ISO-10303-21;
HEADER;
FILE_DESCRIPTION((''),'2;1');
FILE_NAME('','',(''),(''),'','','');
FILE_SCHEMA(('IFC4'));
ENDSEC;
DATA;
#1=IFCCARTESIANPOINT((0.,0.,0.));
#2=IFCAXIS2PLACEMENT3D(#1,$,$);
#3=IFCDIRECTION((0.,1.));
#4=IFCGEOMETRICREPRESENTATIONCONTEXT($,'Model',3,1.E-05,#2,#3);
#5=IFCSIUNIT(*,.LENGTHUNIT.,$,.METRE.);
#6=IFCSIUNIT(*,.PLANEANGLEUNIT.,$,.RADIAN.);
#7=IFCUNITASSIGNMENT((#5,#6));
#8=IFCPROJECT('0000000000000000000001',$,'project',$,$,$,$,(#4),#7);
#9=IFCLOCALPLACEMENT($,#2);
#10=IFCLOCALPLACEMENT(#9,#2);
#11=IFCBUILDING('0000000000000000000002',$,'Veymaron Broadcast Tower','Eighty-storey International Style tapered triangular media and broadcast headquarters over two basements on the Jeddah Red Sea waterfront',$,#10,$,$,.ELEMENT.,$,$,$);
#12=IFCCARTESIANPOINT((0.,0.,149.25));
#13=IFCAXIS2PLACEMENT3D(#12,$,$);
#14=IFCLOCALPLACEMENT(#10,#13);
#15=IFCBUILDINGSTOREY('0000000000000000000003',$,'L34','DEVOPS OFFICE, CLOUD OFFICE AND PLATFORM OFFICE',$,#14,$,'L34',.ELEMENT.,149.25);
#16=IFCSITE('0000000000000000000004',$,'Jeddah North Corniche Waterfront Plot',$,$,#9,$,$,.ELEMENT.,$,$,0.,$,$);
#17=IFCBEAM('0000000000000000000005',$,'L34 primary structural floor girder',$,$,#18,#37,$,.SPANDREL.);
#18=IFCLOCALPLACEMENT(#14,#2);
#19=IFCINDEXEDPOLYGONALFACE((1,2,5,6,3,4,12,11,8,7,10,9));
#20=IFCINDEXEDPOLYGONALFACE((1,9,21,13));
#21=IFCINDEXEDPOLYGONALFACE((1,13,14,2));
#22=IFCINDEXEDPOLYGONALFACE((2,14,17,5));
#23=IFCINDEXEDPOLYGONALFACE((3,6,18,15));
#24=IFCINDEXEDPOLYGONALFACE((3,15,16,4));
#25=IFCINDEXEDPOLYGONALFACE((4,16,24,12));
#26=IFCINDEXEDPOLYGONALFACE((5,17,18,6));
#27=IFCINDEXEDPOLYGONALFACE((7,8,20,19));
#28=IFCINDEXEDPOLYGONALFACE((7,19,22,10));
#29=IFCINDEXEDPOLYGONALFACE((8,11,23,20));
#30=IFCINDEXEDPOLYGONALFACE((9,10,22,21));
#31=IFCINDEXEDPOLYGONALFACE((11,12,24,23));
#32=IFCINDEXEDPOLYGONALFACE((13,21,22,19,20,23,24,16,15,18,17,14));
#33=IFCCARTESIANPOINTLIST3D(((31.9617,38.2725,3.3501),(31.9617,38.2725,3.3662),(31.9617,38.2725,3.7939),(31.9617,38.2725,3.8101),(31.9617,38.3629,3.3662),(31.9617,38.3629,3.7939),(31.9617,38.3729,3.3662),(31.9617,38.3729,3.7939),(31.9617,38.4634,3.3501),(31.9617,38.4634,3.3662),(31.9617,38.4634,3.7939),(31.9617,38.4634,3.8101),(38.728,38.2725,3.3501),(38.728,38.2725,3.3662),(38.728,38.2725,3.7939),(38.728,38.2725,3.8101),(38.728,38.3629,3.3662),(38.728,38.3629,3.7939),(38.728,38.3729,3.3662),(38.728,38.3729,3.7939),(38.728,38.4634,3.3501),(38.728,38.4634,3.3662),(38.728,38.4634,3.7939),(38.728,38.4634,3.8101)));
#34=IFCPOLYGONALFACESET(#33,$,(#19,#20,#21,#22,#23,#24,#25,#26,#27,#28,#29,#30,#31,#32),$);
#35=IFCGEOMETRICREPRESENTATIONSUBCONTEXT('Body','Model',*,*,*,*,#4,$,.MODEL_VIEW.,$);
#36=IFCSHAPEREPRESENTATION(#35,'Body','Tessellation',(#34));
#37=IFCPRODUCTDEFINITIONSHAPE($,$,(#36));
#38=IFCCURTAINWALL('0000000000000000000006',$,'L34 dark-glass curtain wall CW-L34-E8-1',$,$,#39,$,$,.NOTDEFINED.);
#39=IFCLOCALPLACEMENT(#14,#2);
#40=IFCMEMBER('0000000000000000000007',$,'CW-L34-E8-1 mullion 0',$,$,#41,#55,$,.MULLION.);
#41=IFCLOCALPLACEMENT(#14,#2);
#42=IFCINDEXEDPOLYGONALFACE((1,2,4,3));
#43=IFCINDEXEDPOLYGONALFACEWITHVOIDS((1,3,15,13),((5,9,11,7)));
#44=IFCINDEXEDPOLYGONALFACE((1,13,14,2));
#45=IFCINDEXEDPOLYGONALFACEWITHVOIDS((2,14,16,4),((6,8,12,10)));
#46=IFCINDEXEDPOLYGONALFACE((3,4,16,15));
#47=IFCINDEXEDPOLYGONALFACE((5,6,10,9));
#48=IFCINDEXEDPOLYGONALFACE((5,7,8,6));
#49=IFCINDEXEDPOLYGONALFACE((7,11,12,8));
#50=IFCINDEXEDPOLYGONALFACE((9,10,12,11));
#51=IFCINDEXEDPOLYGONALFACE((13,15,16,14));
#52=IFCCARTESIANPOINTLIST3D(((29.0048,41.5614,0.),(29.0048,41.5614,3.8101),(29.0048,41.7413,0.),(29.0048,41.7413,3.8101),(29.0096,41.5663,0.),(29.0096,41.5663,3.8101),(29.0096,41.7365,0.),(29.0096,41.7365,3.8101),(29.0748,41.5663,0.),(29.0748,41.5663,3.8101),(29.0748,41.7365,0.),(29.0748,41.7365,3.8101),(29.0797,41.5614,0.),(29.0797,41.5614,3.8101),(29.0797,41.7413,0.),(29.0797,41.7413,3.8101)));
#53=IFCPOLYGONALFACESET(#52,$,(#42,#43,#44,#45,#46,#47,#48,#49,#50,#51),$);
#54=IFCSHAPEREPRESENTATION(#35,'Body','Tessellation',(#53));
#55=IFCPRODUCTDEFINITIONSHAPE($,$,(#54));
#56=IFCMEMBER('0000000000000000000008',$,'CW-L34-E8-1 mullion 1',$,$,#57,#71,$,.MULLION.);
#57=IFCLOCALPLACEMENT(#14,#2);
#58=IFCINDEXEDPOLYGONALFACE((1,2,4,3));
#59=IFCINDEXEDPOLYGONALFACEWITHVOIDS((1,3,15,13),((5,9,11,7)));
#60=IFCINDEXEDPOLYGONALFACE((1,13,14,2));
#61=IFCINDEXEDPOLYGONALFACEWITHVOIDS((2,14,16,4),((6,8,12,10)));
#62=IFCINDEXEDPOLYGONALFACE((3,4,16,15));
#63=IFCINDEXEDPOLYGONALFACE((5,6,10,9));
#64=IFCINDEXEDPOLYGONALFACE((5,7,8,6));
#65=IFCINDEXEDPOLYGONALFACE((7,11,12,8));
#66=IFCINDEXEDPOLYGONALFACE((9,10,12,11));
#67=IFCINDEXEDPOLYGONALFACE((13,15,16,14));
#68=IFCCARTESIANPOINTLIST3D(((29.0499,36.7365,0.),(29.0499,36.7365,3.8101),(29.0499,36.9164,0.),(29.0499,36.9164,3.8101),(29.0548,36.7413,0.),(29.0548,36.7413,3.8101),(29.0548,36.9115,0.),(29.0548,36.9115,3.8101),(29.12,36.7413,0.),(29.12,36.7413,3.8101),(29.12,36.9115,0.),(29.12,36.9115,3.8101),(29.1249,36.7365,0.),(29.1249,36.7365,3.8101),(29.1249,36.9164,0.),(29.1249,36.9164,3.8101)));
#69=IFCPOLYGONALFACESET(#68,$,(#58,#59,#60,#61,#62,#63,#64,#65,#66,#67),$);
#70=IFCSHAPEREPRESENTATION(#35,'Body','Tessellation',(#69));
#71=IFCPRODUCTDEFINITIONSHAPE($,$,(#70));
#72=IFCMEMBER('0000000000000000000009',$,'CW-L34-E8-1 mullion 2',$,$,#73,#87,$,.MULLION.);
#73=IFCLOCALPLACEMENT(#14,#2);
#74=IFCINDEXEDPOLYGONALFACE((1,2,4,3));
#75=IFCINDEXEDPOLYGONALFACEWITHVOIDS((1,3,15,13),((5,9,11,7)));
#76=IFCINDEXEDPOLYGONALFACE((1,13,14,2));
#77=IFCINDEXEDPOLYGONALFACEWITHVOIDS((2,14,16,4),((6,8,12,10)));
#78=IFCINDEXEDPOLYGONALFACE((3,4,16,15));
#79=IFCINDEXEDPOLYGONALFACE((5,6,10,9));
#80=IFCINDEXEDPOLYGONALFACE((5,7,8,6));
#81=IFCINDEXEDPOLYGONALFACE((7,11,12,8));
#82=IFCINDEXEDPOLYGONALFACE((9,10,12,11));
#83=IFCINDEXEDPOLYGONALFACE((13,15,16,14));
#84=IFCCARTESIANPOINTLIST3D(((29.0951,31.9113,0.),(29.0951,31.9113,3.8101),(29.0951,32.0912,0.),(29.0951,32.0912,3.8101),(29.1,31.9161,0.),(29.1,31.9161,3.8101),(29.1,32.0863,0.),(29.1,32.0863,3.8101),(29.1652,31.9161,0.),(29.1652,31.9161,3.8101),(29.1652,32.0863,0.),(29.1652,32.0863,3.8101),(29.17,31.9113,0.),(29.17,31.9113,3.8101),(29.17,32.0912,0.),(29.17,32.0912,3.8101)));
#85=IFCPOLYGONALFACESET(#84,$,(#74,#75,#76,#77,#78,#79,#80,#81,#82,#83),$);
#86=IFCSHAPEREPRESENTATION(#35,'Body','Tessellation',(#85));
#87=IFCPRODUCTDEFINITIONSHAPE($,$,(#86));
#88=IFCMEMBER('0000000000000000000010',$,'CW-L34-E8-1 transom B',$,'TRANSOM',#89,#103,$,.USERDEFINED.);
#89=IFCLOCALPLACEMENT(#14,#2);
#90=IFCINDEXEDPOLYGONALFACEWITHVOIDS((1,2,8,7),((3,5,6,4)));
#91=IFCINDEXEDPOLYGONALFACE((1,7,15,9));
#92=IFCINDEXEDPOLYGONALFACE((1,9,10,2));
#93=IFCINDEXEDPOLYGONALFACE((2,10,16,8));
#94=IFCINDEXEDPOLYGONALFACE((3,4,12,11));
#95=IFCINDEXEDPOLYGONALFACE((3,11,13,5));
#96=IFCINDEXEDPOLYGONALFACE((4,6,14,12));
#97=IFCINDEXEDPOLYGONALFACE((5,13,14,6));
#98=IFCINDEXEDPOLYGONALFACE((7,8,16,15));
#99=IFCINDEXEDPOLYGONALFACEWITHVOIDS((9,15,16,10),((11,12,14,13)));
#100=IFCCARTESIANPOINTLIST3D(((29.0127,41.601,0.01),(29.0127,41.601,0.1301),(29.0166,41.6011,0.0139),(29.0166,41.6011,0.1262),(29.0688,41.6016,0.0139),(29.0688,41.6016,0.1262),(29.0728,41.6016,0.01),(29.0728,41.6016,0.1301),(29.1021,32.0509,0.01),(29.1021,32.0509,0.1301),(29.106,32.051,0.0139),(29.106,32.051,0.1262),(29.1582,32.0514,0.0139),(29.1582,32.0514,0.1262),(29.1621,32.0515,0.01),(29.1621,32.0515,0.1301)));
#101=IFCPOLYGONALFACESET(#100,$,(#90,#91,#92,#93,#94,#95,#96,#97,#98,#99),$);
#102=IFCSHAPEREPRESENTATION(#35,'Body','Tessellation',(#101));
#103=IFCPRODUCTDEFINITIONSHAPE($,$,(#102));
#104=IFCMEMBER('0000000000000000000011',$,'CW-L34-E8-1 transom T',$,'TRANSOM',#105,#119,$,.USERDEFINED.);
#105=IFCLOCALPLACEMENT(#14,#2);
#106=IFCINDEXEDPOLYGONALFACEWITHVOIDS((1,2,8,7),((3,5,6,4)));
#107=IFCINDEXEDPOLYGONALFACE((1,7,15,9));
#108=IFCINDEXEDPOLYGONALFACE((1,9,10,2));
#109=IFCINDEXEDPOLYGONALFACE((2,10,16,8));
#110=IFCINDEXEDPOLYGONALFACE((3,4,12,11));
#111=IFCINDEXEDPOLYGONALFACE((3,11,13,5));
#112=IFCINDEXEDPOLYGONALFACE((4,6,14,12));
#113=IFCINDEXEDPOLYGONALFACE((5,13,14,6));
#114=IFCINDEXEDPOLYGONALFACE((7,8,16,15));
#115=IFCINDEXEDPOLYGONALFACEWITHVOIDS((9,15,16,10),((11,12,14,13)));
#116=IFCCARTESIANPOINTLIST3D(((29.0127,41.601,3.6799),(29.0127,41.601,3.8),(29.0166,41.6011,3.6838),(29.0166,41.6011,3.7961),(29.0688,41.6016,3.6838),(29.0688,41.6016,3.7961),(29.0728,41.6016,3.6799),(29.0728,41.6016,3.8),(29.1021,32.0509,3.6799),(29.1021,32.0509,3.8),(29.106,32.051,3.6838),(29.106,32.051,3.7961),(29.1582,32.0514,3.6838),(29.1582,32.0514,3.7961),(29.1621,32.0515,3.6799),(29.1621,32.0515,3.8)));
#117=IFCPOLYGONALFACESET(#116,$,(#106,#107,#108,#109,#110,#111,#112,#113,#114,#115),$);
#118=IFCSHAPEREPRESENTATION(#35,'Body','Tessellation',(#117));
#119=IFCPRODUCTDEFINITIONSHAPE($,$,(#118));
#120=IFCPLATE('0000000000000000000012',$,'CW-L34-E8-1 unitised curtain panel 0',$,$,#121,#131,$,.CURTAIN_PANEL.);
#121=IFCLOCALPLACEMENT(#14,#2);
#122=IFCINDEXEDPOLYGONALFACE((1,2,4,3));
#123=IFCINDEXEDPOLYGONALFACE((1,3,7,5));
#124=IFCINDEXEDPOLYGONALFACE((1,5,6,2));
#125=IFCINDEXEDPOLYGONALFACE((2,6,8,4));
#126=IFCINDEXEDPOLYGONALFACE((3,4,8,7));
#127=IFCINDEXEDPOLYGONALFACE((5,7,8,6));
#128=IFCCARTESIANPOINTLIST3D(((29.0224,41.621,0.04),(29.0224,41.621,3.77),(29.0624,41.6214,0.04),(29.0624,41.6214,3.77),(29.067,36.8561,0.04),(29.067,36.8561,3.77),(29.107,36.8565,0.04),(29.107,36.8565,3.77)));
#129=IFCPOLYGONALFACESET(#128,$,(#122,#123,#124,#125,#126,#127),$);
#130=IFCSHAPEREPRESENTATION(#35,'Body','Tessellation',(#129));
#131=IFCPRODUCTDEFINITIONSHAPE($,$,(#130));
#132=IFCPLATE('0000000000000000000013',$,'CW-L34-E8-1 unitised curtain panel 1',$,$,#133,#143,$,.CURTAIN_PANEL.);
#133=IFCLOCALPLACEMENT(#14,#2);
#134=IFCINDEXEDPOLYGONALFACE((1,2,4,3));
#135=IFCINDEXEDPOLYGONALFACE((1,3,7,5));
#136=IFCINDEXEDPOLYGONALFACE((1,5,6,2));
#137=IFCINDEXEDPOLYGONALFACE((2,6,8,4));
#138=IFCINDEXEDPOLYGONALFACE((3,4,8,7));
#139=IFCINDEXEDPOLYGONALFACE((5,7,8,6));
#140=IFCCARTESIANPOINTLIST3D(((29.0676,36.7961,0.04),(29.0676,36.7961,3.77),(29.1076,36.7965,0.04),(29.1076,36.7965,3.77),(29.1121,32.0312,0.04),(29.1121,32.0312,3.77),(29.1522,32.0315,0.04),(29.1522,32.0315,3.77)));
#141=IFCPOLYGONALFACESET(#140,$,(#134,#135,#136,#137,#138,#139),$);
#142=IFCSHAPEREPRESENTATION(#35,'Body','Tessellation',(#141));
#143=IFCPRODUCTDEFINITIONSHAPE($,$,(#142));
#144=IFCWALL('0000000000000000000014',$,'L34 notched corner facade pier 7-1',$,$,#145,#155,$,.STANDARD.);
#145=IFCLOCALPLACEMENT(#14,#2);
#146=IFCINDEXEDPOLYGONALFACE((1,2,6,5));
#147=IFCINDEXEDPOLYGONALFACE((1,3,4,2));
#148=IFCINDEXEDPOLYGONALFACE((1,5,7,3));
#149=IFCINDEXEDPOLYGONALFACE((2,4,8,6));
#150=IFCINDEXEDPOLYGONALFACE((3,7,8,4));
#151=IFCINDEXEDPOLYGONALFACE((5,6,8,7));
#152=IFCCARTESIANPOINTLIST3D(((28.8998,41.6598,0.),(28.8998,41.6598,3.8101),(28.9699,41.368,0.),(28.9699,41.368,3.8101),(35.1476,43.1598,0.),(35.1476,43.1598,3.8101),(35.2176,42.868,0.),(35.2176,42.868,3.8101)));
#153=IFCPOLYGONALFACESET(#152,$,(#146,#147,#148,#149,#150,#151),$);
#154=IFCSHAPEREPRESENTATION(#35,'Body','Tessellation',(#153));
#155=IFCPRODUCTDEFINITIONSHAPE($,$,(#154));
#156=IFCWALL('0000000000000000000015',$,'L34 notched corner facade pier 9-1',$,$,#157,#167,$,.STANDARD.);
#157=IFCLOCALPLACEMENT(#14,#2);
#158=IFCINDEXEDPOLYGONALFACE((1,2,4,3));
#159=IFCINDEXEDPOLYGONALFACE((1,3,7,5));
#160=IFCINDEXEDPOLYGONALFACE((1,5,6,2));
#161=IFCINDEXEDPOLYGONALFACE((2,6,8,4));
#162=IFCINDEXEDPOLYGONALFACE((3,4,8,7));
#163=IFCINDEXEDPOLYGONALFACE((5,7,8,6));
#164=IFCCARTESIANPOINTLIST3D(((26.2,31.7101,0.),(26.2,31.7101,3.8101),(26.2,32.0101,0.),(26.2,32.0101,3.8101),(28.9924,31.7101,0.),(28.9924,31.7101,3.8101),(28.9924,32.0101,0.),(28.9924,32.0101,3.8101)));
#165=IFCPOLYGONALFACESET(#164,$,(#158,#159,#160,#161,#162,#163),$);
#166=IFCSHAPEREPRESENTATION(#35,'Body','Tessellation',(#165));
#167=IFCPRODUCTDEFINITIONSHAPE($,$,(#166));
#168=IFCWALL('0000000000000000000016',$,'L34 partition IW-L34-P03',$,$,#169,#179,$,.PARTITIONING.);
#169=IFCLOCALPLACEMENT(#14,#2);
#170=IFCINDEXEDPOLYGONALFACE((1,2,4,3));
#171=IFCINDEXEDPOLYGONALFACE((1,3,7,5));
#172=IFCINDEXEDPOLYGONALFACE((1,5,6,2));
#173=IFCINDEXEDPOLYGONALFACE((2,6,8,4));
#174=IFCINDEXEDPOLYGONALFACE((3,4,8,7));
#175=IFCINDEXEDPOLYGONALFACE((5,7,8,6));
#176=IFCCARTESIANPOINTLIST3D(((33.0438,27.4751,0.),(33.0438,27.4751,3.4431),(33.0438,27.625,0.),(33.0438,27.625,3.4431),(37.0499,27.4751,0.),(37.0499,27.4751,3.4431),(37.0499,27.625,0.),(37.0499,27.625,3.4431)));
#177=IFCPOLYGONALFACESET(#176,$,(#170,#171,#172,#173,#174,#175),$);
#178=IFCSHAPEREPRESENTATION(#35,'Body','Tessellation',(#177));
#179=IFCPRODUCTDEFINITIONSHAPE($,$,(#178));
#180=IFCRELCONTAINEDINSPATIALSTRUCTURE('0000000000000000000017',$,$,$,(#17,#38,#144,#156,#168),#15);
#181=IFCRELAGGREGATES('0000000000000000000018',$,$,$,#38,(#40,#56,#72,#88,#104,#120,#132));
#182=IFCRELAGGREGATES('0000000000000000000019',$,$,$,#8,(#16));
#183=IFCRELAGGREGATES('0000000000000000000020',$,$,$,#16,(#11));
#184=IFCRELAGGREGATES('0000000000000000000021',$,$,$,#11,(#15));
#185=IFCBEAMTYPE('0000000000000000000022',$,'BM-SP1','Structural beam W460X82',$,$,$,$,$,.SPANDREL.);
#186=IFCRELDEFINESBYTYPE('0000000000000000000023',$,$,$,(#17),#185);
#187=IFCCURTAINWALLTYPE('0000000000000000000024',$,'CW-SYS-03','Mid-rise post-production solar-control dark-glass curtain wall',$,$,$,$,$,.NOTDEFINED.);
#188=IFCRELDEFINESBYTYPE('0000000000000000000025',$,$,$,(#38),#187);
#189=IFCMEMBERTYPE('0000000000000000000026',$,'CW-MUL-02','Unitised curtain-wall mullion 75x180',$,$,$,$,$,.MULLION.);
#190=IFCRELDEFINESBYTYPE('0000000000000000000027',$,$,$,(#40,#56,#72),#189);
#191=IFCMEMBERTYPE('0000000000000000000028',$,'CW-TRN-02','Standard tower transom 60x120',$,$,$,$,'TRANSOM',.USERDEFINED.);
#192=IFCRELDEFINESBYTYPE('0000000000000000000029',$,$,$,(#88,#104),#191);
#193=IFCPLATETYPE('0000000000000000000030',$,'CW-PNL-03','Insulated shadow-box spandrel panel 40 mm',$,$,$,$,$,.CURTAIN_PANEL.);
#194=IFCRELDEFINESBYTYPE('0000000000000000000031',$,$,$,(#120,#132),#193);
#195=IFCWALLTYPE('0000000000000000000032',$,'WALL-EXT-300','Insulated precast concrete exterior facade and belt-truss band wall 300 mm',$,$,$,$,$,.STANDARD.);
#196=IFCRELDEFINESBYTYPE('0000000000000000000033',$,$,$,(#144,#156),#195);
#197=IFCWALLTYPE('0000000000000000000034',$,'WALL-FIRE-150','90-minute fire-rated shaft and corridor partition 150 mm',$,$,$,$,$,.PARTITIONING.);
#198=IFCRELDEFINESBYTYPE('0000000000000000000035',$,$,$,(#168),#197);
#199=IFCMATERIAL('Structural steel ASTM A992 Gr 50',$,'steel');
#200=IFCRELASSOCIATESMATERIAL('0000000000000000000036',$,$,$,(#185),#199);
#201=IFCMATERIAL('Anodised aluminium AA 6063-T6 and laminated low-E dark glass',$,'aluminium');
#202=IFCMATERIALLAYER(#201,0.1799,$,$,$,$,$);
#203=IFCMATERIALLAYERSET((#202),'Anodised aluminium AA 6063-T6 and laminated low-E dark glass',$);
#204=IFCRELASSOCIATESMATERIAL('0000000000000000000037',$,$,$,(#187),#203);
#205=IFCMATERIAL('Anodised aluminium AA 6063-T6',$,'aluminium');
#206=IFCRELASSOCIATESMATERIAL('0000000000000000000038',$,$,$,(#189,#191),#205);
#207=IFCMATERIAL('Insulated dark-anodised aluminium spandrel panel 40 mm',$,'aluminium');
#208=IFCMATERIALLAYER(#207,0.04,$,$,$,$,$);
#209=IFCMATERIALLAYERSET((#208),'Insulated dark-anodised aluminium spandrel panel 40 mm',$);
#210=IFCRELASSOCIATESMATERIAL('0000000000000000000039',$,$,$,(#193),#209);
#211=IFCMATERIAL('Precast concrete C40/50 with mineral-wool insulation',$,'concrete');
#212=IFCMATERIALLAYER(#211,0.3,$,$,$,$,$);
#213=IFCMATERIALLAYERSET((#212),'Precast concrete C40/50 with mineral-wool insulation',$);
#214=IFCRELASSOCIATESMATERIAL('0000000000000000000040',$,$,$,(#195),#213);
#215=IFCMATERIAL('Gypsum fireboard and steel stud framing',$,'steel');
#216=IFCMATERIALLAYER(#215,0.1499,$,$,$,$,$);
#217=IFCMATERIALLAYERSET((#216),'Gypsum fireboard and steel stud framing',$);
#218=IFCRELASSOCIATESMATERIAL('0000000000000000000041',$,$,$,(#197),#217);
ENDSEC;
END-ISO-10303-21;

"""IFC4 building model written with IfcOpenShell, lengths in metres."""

from ifc_helpers import new_model, si_unit, direction, frame, frame_2d, origin, origin_2d, place, context, subcontext, project, spatial, rectangle, hollow_rectangle, i_section, extrude, material, layer, layer_set, material_profile, profile_set, type_object, element, aggregate, save


model = new_model("IFC4")

# Units and contexts
model_context = context("Model", 3, precision=1e-05, world=origin(), true_north=direction((0.0, 1.0)))
body_context = subcontext(model_context, "Body", "Model", "MODEL_VIEW")
ifc_project = project(units=[si_unit("LENGTHUNIT", "METRE"), si_unit("PLANEANGLEUNIT", "RADIAN")], contexts=[model_context])

# Site, building, storey
site_placement = place(None, origin())
site = spatial("IfcSite", under=ifc_project, at=site_placement, Name="Jeddah North Corniche Waterfront Plot", CompositionType="ELEMENT", RefElevation=0.0)
building_placement = place(site_placement, origin())
building = spatial("IfcBuilding", under=site, at=building_placement, Name="Veymaron Broadcast Tower", Description="Eighty-storey International Style tapered triangular media and broadcast headquarters over two basements on the Jeddah Red Sea waterfront", CompositionType="ELEMENT")
storey_placement = place(building_placement, frame((0.0, 0.0, 149.25)))
storey = spatial("IfcBuildingStorey", under=building, at=storey_placement, Name="L34", Description="DEVOPS OFFICE, CLOUD OFFICE AND PLATFORM OFFICE", LongName="L34", CompositionType="ELEMENT", Elevation=149.25)

# Shared definitions
ifc_material_1 = material(Name="Structural steel ASTM A992 Gr 50", Category="steel")

# Beam
ifc_material_profile_1 = material_profile(ifc_material_1, i_section(OverallWidth=0.1909, OverallDepth=0.46, WebThickness=0.01, FlangeThickness=0.0161, at=origin_2d()), Name="W460X82")
ifc_profile_set_1 = profile_set([ifc_material_profile_1], Name="Structural steel ASTM A992 Gr 50")
beam_type_1 = type_object("IfcBeamType", Name="BM-SP1", Description="Structural beam W460X82", PredefinedType="SPANDREL", material=ifc_profile_set_1)
beam_1_placement = place(storey_placement, frame((31.9617, 38.3679, 3.5801), z_axis=(1.0, 0.0, 0.0), x_axis=(0.0, 1.0, 0.0)))
element("IfcBeam", 1, at=beam_1_placement, inside=storey, type_object=beam_type_1, Name="L34 primary structural floor girder", PredefinedType="SPANDREL", context=body_context, shape_type="SweptSolid", body=[
    extrude(i_section(OverallWidth=0.1909, OverallDepth=0.46, WebThickness=0.01, FlangeThickness=0.0161, at=origin_2d()), origin(), (0.0, 0.0, 1.0), 6.7664),
])

# Curtain wall, members, plates
ifc_material_2 = material(Name="Anodised aluminium AA 6063-T6 and laminated low-E dark glass", Category="aluminium")
ifc_layer_1 = layer(ifc_material_2, 0.1799)
ifc_layer_set_1 = layer_set([ifc_layer_1], Name="Anodised aluminium AA 6063-T6 and laminated low-E dark glass")
curtain_wall_type = type_object("IfcCurtainWallType", Name="CW-SYS-03", Description="Mid-rise post-production solar-control dark-glass curtain wall", PredefinedType="NOTDEFINED", material=ifc_layer_set_1)
curtain_wall_placement = place(storey_placement, origin())
curtain_wall = element("IfcCurtainWall", 2, at=curtain_wall_placement, inside=storey, type_object=curtain_wall_type, Name="L34 dark-glass curtain wall CW-L34-E8-1", PredefinedType="NOTDEFINED")
ifc_material_3 = material(Name="Anodised aluminium AA 6063-T6", Category="aluminium")
ifc_material_profile_2 = material_profile(ifc_material_3, hollow_rectangle(XDim=0.075, YDim=0.1799, WallThickness=0.0049, at=origin_2d()), Name="AL180X75X5")
ifc_profile_set_2 = profile_set([ifc_material_profile_2], Name="Anodised aluminium AA 6063-T6")
member_type_1 = type_object("IfcMemberType", Name="CW-MUL-02", Description="Unitised curtain-wall mullion 75x180", PredefinedType="MULLION", material=ifc_profile_set_2)
member_1_placement = place(storey_placement, frame((29.0422, 41.6514, 0.0), z_axis=(0.0, 0.0, 1.0), x_axis=(1.0, 0.0, 0.0)))
member_1 = element("IfcMember", 3, at=member_1_placement, type_object=member_type_1, Name="CW-L34-E8-1 mullion 0", PredefinedType="MULLION", context=body_context, shape_type="SweptSolid", body=[
    extrude(hollow_rectangle(XDim=0.075, YDim=0.1799, WallThickness=0.0049, at=origin_2d()), origin(), (0.0, 0.0, 1.0), 3.8101),
])
member_2_placement = place(storey_placement, frame((29.0874, 36.8264, 0.0), z_axis=(0.0, 0.0, 1.0), x_axis=(1.0, 0.0, 0.0)))
member_2 = element("IfcMember", 4, at=member_2_placement, type_object=member_type_1, Name="CW-L34-E8-1 mullion 1", PredefinedType="MULLION", context=body_context, shape_type="SweptSolid", body=[
    extrude(hollow_rectangle(XDim=0.075, YDim=0.1799, WallThickness=0.0049, at=origin_2d()), origin(), (0.0, 0.0, 1.0), 3.8101),
])
member_3_placement = place(storey_placement, frame((29.1326, 32.0012, 0.0), z_axis=(0.0, 0.0, 1.0), x_axis=(1.0, 0.0, 0.0)))
member_3 = element("IfcMember", 5, at=member_3_placement, type_object=member_type_1, Name="CW-L34-E8-1 mullion 2", PredefinedType="MULLION", context=body_context, shape_type="SweptSolid", body=[
    extrude(hollow_rectangle(XDim=0.075, YDim=0.1799, WallThickness=0.0049, at=origin_2d()), origin(), (0.0, 0.0, 1.0), 3.8101),
])
ifc_material_profile_3 = material_profile(ifc_material_3, hollow_rectangle(XDim=0.0601, YDim=0.1201, WallThickness=0.0039, at=origin_2d()), Name="AL120X60X4")
ifc_profile_set_3 = profile_set([ifc_material_profile_3], Name="Anodised aluminium AA 6063-T6")
member_type_2 = type_object("IfcMemberType", Name="CW-TRN-02", Description="Standard tower transom 60x120", ElementType="TRANSOM", PredefinedType="USERDEFINED", material=ifc_profile_set_3)
member_4_placement = place(storey_placement, frame((29.0427, 41.6013, 0.0701), z_axis=(0.009356, -0.999956, 0.0), x_axis=(0.999956, 0.009356, 0.0)))
member_4 = element("IfcMember", 6, at=member_4_placement, type_object=member_type_2, Name="CW-L34-E8-1 transom B", ObjectType="TRANSOM", PredefinedType="USERDEFINED", context=body_context, shape_type="SweptSolid", body=[
    extrude(hollow_rectangle(XDim=0.0601, YDim=0.1201, WallThickness=0.0039, at=origin_2d()), origin(), (0.0, 0.0, 1.0), 9.5505),
])
member_5_placement = place(storey_placement, frame((29.0427, 41.6013, 3.74), z_axis=(0.009356, -0.999956, 0.0), x_axis=(0.999956, 0.009356, 0.0)))
member_5 = element("IfcMember", 7, at=member_5_placement, type_object=member_type_2, Name="CW-L34-E8-1 transom T", ObjectType="TRANSOM", PredefinedType="USERDEFINED", context=body_context, shape_type="SweptSolid", body=[
    extrude(hollow_rectangle(XDim=0.0601, YDim=0.1201, WallThickness=0.0039, at=origin_2d()), origin(), (0.0, 0.0, 1.0), 9.5505),
])
ifc_material_4 = material(Name="Insulated dark-anodised aluminium spandrel panel 40 mm", Category="aluminium")
ifc_layer_2 = layer(ifc_material_4, 0.04)
ifc_layer_set_2 = layer_set([ifc_layer_2], Name="Insulated dark-anodised aluminium spandrel panel 40 mm")
plate_type = type_object("IfcPlateType", Name="CW-PNL-03", Description="Insulated shadow-box spandrel panel 40 mm", PredefinedType="CURTAIN_PANEL", material=ifc_layer_set_2)
plate_1_placement = place(storey_placement, frame((29.0647, 39.2388, 0.04), z_axis=(0.0, 0.0, 1.0), x_axis=(0.009355, -0.999956, 0.0)))
plate_1 = element("IfcPlate", 8, at=plate_1_placement, type_object=plate_type, Name="CW-L34-E8-1 unitised curtain panel 0", PredefinedType="CURTAIN_PANEL", context=body_context, shape_type="SweptSolid", body=[
    extrude(rectangle(XDim=4.7651, YDim=0.04, at=origin_2d()), origin(), (0.0, 0.0, 1.0), 3.73),
])
plate_2_placement = place(storey_placement, frame((29.1099, 34.4138, 0.04), z_axis=(0.0, 0.0, 1.0), x_axis=(0.009355, -0.999956, 0.0)))
plate_2 = element("IfcPlate", 9, at=plate_2_placement, type_object=plate_type, Name="CW-L34-E8-1 unitised curtain panel 1", PredefinedType="CURTAIN_PANEL", context=body_context, shape_type="SweptSolid", body=[
    extrude(rectangle(XDim=4.7651, YDim=0.04, at=origin_2d()), origin(), (0.0, 0.0, 1.0), 3.73),
])
aggregate(curtain_wall, [member_1, member_2, member_3, member_4, member_5, plate_1, plate_2])

# Walls
ifc_material_5 = material(Name="Precast concrete C40/50 with mineral-wool insulation", Category="concrete")
ifc_layer_3 = layer(ifc_material_5, 0.3)
ifc_layer_set_3 = layer_set([ifc_layer_3], Name="Precast concrete C40/50 with mineral-wool insulation")
wall_type_1 = type_object("IfcWallType", Name="WALL-EXT-300", Description="Insulated precast concrete exterior facade and belt-truss band wall 300 mm", PredefinedType="STANDARD", material=ifc_layer_set_3)
wall_1_placement = place(storey_placement, frame((35.1826, 43.0139, 0.0), z_axis=(0.0, 0.0, 1.0), x_axis=(-0.972369, -0.233451, 0.0)))
element("IfcWall", 10, at=wall_1_placement, inside=storey, type_object=wall_type_1, Name="L34 notched corner facade pier 7-1", PredefinedType="STANDARD", context=body_context, shape_type="SweptSolid", body=[
    extrude(rectangle(XDim=6.4253, YDim=0.3, at=frame_2d((3.2126, 0.0))), origin(), (0.0, 0.0, 1.0), 3.8101),
])
wall_2_placement = place(storey_placement, frame((28.9924, 31.8601, 0.0), z_axis=(0.0, 0.0, 1.0), x_axis=(-1.0, 0.0, 0.0)))
element("IfcWall", 11, at=wall_2_placement, inside=storey, type_object=wall_type_1, Name="L34 notched corner facade pier 9-1", PredefinedType="STANDARD", context=body_context, shape_type="SweptSolid", body=[
    extrude(rectangle(XDim=2.7925, YDim=0.3, at=frame_2d((1.3962, 0.0))), origin(), (0.0, 0.0, 1.0), 3.8101),
])
ifc_material_6 = material(Name="Gypsum fireboard and steel stud framing", Category="steel")
ifc_layer_4 = layer(ifc_material_6, 0.1499)
ifc_layer_set_4 = layer_set([ifc_layer_4], Name="Gypsum fireboard and steel stud framing")
wall_type_2 = type_object("IfcWallType", Name="WALL-FIRE-150", Description="90-minute fire-rated shaft and corridor partition 150 mm", PredefinedType="PARTITIONING", material=ifc_layer_set_4)
wall_3_placement = place(storey_placement, frame((33.0439, 27.55, 0.0), z_axis=(0.0, 0.0, 1.0), x_axis=(1.0, 0.0, 0.0)))
element("IfcWall", 12, at=wall_3_placement, inside=storey, type_object=wall_type_2, Name="L34 partition IW-L34-P03", PredefinedType="PARTITIONING", context=body_context, shape_type="SweptSolid", body=[
    extrude(rectangle(XDim=4.0061, YDim=0.1499, at=frame_2d((2.0029, 0.0))), origin(), (0.0, 0.0, 1.0), 3.4431),
])

save(model, "model.ifc")
